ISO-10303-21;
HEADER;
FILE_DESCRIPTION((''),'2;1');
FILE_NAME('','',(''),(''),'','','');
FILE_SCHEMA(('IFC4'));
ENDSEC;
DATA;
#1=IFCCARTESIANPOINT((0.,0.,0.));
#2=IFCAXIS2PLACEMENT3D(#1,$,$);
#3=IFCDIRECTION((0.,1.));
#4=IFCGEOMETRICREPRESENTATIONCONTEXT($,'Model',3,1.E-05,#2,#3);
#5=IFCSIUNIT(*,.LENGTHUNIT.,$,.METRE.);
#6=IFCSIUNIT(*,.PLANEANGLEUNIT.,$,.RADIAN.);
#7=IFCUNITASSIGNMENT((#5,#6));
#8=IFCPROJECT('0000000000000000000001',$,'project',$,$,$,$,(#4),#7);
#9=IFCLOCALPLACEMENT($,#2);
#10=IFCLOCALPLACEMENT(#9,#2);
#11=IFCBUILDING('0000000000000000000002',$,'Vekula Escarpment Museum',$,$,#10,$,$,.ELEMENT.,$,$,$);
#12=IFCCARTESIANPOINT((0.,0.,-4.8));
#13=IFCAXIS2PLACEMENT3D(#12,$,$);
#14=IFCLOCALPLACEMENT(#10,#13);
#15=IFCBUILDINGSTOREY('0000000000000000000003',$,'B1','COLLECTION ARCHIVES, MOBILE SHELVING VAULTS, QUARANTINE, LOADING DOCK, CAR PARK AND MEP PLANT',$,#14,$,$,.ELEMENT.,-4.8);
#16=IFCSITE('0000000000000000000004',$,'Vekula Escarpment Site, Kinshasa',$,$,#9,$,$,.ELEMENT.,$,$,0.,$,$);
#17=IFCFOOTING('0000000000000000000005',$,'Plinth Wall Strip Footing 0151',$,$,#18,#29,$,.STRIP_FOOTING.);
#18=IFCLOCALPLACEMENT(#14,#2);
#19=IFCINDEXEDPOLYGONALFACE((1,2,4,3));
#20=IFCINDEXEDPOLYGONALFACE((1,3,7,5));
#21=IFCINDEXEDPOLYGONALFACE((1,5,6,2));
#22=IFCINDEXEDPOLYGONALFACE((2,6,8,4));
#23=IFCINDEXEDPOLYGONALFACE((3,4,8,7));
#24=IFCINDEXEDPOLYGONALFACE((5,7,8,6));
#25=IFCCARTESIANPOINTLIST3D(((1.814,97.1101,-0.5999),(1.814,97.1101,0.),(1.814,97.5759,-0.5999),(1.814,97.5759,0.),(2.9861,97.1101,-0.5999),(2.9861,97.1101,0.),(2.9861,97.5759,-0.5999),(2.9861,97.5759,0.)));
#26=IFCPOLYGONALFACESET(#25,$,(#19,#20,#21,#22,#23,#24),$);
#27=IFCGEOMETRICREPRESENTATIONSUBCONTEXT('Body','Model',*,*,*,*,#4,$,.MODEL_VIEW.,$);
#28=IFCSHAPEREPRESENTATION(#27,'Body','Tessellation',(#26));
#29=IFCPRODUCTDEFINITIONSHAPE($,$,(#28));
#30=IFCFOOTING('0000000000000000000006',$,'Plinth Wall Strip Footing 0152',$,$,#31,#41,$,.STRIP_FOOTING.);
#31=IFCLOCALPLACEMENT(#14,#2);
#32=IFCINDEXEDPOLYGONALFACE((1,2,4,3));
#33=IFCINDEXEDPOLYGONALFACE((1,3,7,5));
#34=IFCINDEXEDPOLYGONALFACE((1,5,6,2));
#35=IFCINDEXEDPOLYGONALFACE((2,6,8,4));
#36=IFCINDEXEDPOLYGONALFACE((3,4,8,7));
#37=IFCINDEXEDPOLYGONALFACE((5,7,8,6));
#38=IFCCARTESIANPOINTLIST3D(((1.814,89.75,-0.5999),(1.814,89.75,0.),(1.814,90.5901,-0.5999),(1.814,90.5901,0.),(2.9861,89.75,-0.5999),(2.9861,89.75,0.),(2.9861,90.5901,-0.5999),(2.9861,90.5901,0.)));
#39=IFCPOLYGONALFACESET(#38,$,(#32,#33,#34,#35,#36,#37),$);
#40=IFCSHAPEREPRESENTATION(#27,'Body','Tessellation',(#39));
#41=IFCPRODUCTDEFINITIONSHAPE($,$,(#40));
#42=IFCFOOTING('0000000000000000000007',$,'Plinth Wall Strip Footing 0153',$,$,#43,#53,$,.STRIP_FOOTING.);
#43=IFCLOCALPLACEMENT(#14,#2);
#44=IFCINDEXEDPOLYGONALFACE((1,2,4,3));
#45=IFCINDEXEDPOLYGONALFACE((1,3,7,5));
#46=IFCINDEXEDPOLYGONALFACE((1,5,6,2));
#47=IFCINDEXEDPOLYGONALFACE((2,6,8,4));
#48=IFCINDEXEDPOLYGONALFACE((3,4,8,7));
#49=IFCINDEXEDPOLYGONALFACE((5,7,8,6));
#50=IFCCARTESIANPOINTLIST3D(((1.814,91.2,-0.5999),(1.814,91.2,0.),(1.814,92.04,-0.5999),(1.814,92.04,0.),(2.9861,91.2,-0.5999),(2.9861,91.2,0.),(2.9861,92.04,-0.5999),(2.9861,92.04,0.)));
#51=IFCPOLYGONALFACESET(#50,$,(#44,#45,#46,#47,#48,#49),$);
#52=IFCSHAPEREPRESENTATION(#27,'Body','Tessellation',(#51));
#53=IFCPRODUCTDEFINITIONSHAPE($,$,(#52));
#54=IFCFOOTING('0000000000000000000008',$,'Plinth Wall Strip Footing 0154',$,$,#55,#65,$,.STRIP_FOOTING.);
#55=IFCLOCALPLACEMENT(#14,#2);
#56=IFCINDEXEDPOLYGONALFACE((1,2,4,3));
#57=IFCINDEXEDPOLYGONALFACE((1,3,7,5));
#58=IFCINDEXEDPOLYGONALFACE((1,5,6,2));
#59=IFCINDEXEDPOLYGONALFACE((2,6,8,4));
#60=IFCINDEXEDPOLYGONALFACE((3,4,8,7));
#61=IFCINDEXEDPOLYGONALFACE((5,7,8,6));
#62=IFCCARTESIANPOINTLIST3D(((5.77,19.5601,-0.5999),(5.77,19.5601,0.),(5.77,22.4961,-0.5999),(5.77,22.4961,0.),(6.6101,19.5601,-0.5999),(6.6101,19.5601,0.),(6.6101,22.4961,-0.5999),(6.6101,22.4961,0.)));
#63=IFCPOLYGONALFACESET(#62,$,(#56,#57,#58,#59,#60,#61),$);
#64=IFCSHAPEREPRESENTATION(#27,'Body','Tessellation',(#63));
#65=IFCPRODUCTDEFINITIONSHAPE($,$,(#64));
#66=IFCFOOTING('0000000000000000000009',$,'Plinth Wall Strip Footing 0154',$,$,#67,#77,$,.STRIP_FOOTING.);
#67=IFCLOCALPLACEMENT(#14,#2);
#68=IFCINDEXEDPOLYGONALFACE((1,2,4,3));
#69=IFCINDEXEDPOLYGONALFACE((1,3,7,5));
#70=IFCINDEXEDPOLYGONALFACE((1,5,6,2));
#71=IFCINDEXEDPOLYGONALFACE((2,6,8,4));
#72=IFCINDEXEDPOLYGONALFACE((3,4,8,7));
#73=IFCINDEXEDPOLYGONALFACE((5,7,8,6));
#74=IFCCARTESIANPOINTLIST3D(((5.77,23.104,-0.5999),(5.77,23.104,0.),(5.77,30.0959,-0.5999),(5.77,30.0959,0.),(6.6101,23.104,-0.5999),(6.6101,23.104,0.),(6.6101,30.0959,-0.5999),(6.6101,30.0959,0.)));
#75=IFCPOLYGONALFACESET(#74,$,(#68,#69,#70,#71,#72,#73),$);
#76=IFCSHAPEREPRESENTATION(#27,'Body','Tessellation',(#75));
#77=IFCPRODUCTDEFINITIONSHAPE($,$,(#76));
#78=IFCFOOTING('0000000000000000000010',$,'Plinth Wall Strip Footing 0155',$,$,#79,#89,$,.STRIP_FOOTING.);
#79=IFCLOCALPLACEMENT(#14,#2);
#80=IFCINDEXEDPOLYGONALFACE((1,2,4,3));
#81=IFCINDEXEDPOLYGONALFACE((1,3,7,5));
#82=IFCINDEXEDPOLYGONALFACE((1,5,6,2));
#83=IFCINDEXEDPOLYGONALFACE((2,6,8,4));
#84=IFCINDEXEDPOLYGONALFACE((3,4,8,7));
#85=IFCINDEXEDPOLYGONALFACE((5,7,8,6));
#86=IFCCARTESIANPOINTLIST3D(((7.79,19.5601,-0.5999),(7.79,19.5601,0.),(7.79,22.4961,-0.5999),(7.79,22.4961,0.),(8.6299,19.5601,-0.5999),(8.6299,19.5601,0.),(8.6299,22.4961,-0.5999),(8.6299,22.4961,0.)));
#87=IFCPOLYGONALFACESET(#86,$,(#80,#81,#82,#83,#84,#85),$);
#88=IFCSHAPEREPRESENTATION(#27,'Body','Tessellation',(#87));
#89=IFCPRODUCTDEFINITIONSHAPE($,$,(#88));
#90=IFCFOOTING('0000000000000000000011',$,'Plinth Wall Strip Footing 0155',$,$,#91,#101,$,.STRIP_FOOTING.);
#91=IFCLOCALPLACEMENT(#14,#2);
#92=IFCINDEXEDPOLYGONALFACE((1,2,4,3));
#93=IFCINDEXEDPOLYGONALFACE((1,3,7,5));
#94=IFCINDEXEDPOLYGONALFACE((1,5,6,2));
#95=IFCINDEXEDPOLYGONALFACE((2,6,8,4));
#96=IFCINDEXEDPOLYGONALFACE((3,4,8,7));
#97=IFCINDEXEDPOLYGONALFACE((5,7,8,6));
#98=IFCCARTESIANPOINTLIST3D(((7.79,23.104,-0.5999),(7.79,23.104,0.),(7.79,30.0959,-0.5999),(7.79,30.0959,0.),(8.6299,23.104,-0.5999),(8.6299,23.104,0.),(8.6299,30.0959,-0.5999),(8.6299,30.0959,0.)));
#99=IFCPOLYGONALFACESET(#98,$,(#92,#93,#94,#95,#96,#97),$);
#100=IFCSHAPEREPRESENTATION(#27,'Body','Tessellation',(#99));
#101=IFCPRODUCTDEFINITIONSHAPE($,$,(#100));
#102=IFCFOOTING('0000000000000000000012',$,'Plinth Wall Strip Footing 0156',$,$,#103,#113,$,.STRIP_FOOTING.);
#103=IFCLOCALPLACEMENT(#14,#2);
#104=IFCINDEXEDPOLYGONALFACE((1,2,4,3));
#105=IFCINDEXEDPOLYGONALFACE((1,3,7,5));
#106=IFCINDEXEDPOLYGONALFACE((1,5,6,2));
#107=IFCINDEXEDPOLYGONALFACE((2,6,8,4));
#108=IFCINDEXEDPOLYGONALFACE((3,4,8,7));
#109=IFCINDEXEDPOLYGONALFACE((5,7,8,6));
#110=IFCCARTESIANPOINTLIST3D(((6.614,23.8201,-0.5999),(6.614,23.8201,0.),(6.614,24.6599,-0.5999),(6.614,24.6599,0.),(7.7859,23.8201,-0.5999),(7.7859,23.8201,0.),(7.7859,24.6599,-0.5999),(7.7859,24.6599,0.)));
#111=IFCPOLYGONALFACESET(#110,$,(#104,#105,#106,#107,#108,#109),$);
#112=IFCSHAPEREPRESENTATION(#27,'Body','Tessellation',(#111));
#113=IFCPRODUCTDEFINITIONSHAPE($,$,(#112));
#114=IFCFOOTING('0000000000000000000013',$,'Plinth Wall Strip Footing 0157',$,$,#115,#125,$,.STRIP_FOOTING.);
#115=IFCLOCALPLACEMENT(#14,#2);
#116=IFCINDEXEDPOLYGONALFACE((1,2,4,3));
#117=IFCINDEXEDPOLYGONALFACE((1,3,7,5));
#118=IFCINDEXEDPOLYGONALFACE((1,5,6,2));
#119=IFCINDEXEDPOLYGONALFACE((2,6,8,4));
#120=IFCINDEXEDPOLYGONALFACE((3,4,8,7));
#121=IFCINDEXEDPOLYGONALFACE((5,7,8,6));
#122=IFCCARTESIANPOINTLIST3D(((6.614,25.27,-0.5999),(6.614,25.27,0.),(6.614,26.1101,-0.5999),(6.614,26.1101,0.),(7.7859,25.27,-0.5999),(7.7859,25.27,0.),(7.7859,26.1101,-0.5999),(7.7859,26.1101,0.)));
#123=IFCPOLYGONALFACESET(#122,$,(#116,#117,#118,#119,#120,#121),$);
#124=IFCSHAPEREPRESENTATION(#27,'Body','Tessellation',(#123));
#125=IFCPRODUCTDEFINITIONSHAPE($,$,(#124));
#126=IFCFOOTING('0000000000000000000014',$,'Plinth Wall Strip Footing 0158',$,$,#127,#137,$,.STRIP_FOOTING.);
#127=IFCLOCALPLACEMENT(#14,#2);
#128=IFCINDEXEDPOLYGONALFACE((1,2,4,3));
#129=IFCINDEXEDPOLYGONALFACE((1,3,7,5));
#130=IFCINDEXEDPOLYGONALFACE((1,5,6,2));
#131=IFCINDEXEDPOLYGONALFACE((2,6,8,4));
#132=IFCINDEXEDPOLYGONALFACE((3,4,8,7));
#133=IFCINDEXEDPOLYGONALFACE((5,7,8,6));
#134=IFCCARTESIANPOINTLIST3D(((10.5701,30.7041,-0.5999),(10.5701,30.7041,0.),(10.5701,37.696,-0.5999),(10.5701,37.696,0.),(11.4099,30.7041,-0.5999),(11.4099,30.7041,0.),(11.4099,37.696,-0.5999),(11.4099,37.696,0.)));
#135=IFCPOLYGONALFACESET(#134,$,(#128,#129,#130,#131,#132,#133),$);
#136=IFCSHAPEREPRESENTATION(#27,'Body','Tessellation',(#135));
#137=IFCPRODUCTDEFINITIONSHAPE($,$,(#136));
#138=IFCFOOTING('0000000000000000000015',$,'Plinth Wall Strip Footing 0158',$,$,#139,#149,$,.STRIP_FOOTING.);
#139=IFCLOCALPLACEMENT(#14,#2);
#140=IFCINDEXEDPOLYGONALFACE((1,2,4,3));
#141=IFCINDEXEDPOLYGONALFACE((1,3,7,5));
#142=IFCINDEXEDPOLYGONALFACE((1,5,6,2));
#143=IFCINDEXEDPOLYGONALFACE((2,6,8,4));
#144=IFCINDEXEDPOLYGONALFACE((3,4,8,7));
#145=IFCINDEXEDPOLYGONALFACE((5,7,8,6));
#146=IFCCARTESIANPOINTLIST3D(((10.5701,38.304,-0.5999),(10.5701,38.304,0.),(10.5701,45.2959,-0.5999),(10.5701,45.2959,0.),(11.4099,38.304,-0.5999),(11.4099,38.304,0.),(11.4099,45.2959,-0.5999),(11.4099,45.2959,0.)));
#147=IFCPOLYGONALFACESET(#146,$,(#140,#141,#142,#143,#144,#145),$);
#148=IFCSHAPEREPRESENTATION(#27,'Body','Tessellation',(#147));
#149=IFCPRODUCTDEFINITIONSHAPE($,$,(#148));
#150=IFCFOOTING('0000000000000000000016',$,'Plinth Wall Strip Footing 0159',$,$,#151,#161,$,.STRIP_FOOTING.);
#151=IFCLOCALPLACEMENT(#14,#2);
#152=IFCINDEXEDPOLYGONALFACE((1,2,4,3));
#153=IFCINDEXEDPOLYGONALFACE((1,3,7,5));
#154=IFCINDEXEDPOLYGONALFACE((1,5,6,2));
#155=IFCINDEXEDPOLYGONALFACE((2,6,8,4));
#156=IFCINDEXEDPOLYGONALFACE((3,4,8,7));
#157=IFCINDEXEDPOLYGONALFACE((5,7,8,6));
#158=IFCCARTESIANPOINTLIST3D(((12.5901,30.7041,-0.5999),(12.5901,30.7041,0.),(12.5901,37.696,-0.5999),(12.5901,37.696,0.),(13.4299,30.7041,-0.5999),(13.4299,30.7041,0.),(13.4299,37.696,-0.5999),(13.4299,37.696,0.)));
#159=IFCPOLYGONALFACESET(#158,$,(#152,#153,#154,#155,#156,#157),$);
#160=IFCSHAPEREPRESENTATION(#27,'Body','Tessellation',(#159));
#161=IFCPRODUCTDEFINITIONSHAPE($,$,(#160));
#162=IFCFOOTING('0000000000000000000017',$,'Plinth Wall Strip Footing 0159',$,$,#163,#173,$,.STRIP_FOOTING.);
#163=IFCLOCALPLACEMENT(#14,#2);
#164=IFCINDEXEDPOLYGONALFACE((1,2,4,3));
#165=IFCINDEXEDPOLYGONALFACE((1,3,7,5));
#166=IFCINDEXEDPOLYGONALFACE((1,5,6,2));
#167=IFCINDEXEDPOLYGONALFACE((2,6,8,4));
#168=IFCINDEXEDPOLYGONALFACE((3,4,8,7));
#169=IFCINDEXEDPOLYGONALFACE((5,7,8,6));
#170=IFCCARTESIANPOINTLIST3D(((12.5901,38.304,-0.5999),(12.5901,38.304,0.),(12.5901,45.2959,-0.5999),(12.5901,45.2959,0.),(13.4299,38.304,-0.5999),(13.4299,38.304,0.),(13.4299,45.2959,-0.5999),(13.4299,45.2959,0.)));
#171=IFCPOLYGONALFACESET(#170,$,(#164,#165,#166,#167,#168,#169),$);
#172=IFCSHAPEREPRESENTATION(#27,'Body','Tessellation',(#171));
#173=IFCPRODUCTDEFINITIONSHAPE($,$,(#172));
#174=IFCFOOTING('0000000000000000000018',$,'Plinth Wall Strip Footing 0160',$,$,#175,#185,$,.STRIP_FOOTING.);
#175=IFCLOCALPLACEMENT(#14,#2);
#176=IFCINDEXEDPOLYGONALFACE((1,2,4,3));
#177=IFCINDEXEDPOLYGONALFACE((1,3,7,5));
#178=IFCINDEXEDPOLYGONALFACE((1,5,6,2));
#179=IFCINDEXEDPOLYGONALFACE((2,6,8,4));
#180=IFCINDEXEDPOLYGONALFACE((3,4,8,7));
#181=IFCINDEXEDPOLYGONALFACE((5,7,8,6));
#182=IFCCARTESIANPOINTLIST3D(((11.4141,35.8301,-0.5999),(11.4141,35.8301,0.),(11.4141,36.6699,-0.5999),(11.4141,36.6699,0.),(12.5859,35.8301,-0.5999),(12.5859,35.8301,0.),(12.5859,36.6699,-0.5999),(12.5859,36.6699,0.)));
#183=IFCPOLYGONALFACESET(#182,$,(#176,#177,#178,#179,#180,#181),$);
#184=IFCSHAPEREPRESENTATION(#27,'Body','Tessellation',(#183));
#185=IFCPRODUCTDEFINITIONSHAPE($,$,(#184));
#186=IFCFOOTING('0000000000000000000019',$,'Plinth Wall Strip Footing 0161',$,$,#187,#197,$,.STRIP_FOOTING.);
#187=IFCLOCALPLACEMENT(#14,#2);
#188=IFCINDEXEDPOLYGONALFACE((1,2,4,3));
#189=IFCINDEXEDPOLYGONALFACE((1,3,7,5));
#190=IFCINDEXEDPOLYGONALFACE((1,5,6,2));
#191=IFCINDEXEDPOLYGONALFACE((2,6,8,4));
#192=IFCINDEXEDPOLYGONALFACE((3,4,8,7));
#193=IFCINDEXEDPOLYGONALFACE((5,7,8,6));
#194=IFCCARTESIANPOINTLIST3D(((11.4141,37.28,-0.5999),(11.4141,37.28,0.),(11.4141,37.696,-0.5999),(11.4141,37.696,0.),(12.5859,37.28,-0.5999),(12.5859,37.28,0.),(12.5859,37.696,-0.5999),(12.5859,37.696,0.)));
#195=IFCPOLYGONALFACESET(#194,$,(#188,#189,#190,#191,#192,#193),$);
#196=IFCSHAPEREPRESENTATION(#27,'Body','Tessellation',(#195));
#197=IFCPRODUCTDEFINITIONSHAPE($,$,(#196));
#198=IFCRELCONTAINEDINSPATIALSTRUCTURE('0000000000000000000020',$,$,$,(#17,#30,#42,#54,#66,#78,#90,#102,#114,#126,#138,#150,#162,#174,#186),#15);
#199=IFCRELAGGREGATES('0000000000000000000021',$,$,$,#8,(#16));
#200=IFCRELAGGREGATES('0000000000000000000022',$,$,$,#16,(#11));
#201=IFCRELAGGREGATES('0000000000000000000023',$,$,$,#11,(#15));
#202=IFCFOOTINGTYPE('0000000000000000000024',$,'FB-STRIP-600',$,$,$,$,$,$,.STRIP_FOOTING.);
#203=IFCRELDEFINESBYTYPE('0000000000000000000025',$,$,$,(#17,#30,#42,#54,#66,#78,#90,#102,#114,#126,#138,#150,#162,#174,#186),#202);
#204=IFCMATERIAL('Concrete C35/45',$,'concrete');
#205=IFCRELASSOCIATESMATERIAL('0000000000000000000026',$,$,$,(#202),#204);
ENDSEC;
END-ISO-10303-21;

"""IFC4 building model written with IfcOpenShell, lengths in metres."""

from ifc_helpers import new_model, si_unit, direction, frame, origin, place, context, subcontext, project, spatial, polyline, outline, extrude, material, type_object, element, save


model = new_model("IFC4")

# Units and contexts
model_context = context("Model", 3, precision=1e-05, world=origin(), true_north=direction((0.0, 1.0)))
body_context = subcontext(model_context, "Body", "Model", "MODEL_VIEW")
ifc_project = project(units=[si_unit("LENGTHUNIT", "METRE"), si_unit("PLANEANGLEUNIT", "RADIAN")], contexts=[model_context])

# Site, building, storey
site_placement = place(None, origin())
site = spatial("IfcSite", under=ifc_project, at=site_placement, Name="Vekula Escarpment Site, Kinshasa", CompositionType="ELEMENT", RefElevation=0.0)
building_placement = place(site_placement, origin())
building = spatial("IfcBuilding", under=site, at=building_placement, Name="Vekula Escarpment Museum", CompositionType="ELEMENT")
storey_placement = place(building_placement, frame((0.0, 0.0, -4.8)))
storey = spatial("IfcBuildingStorey", under=building, at=storey_placement, Name="B1", Description="COLLECTION ARCHIVES, MOBILE SHELVING VAULTS, QUARANTINE, LOADING DOCK, CAR PARK AND MEP PLANT", CompositionType="ELEMENT", Elevation=-4.8)

# Footings
ifc_material = material(Name="Concrete C35/45", Category="concrete")
footing_type = type_object("IfcFootingType", Name="FB-STRIP-600", PredefinedType="STRIP_FOOTING", material=ifc_material)
footing_1_placement = place(storey_placement, frame((0.0, 0.0, -0.5999)))
element("IfcFooting", 1, at=footing_1_placement, inside=storey, type_object=footing_type, Name="Plinth Wall Strip Footing 0151", PredefinedType="STRIP_FOOTING", context=body_context, shape_type="SweptSolid", body=[
    extrude(outline(polyline([(1.814, 97.1101), (1.814, 97.5759), (2.9861, 97.5759), (2.9861, 97.1101), (1.814, 97.1101)])), origin(), (0.0, 0.0, 1.0), 0.5999),
])
footing_2_placement = place(storey_placement, frame((0.0, 0.0, -0.5999)))
element("IfcFooting", 2, at=footing_2_placement, inside=storey, type_object=footing_type, Name="Plinth Wall Strip Footing 0152", PredefinedType="STRIP_FOOTING", context=body_context, shape_type="SweptSolid", body=[
    extrude(outline(polyline([(1.814, 89.75), (1.814, 90.5901), (2.9861, 90.5901), (2.9861, 89.75), (1.814, 89.75)])), origin(), (0.0, 0.0, 1.0), 0.5999),
])
footing_3_placement = place(storey_placement, frame((0.0, 0.0, -0.5999)))
element("IfcFooting", 3, at=footing_3_placement, inside=storey, type_object=footing_type, Name="Plinth Wall Strip Footing 0153", PredefinedType="STRIP_FOOTING", context=body_context, shape_type="SweptSolid", body=[
    extrude(outline(polyline([(1.814, 91.2), (1.814, 92.04), (2.9861, 92.04), (2.9861, 91.2), (1.814, 91.2)])), origin(), (0.0, 0.0, 1.0), 0.5999),
])
footing_4_placement = place(storey_placement, frame((0.0, 0.0, -0.5999)))
element("IfcFooting", 4, at=footing_4_placement, inside=storey, type_object=footing_type, Name="Plinth Wall Strip Footing 0154", PredefinedType="STRIP_FOOTING", context=body_context, shape_type="SweptSolid", body=[
    extrude(outline(polyline([(6.6101, 19.5601), (5.77, 19.5601), (5.77, 22.4961), (6.6101, 22.4961), (6.6101, 19.5601)])), origin(), (0.0, 0.0, 1.0), 0.5999),
])
footing_5_placement = place(storey_placement, frame((0.0, 0.0, -0.5999)))
element("IfcFooting", 5, at=footing_5_placement, inside=storey, type_object=footing_type, Name="Plinth Wall Strip Footing 0154", PredefinedType="STRIP_FOOTING", context=body_context, shape_type="SweptSolid", body=[
    extrude(outline(polyline([(6.6101, 23.104), (5.77, 23.104), (5.77, 30.0959), (6.6101, 30.0959), (6.6101, 23.104)])), origin(), (0.0, 0.0, 1.0), 0.5999),
])
footing_6_placement = place(storey_placement, frame((0.0, 0.0, -0.5999)))
element("IfcFooting", 6, at=footing_6_placement, inside=storey, type_object=footing_type, Name="Plinth Wall Strip Footing 0155", PredefinedType="STRIP_FOOTING", context=body_context, shape_type="SweptSolid", body=[
    extrude(outline(polyline([(8.6299, 19.5601), (7.79, 19.5601), (7.79, 22.4961), (8.6299, 22.4961), (8.6299, 19.5601)])), origin(), (0.0, 0.0, 1.0), 0.5999),
])
footing_7_placement = place(storey_placement, frame((0.0, 0.0, -0.5999)))
element("IfcFooting", 7, at=footing_7_placement, inside=storey, type_object=footing_type, Name="Plinth Wall Strip Footing 0155", PredefinedType="STRIP_FOOTING", context=body_context, shape_type="SweptSolid", body=[
    extrude(outline(polyline([(8.6299, 23.104), (7.79, 23.104), (7.79, 30.0959), (8.6299, 30.0959), (8.6299, 23.104)])), origin(), (0.0, 0.0, 1.0), 0.5999),
])
footing_8_placement = place(storey_placement, frame((0.0, 0.0, -0.5999)))
element("IfcFooting", 8, at=footing_8_placement, inside=storey, type_object=footing_type, Name="Plinth Wall Strip Footing 0156", PredefinedType="STRIP_FOOTING", context=body_context, shape_type="SweptSolid", body=[
    extrude(outline(polyline([(6.614, 23.8201), (6.614, 24.6599), (7.7859, 24.6599), (7.7859, 23.8201), (6.614, 23.8201)])), origin(), (0.0, 0.0, 1.0), 0.5999),
])
footing_9_placement = place(storey_placement, frame((0.0, 0.0, -0.5999)))
element("IfcFooting", 9, at=footing_9_placement, inside=storey, type_object=footing_type, Name="Plinth Wall Strip Footing 0157", PredefinedType="STRIP_FOOTING", context=body_context, shape_type="SweptSolid", body=[
    extrude(outline(polyline([(6.614, 25.27), (6.614, 26.1101), (7.7859, 26.1101), (7.7859, 25.27), (6.614, 25.27)])), origin(), (0.0, 0.0, 1.0), 0.5999),
])
footing_10_placement = place(storey_placement, frame((0.0, 0.0, -0.5999)))
element("IfcFooting", 10, at=footing_10_placement, inside=storey, type_object=footing_type, Name="Plinth Wall Strip Footing 0158", PredefinedType="STRIP_FOOTING", context=body_context, shape_type="SweptSolid", body=[
    extrude(outline(polyline([(11.4099, 30.7041), (10.5701, 30.7041), (10.5701, 37.696), (11.4099, 37.696), (11.4099, 30.7041)])), origin(), (0.0, 0.0, 1.0), 0.5999),
])
footing_11_placement = place(storey_placement, frame((0.0, 0.0, -0.5999)))
element("IfcFooting", 11, at=footing_11_placement, inside=storey, type_object=footing_type, Name="Plinth Wall Strip Footing 0158", PredefinedType="STRIP_FOOTING", context=body_context, shape_type="SweptSolid", body=[
    extrude(outline(polyline([(11.4099, 38.304), (10.5701, 38.304), (10.5701, 45.2959), (11.4099, 45.2959), (11.4099, 38.304)])), origin(), (0.0, 0.0, 1.0), 0.5999),
])
footing_12_placement = place(storey_placement, frame((0.0, 0.0, -0.5999)))
element("IfcFooting", 12, at=footing_12_placement, inside=storey, type_object=footing_type, Name="Plinth Wall Strip Footing 0159", PredefinedType="STRIP_FOOTING", context=body_context, shape_type="SweptSolid", body=[
    extrude(outline(polyline([(13.4299, 30.7041), (12.5901, 30.7041), (12.5901, 37.696), (13.4299, 37.696), (13.4299, 30.7041)])), origin(), (0.0, 0.0, 1.0), 0.5999),
])
footing_13_placement = place(storey_placement, frame((0.0, 0.0, -0.5999)))
element("IfcFooting", 13, at=footing_13_placement, inside=storey, type_object=footing_type, Name="Plinth Wall Strip Footing 0159", PredefinedType="STRIP_FOOTING", context=body_context, shape_type="SweptSolid", body=[
    extrude(outline(polyline([(13.4299, 38.304), (12.5901, 38.304), (12.5901, 45.2959), (13.4299, 45.2959), (13.4299, 38.304)])), origin(), (0.0, 0.0, 1.0), 0.5999),
])
footing_14_placement = place(storey_placement, frame((0.0, 0.0, -0.5999)))
element("IfcFooting", 14, at=footing_14_placement, inside=storey, type_object=footing_type, Name="Plinth Wall Strip Footing 0160", PredefinedType="STRIP_FOOTING", context=body_context, shape_type="SweptSolid", body=[
    extrude(outline(polyline([(11.4141, 35.8301), (11.4141, 36.6699), (12.5859, 36.6699), (12.5859, 35.8301), (11.4141, 35.8301)])), origin(), (0.0, 0.0, 1.0), 0.5999),
])
footing_15_placement = place(storey_placement, frame((0.0, 0.0, -0.5999)))
element("IfcFooting", 15, at=footing_15_placement, inside=storey, type_object=footing_type, Name="Plinth Wall Strip Footing 0161", PredefinedType="STRIP_FOOTING", context=body_context, shape_type="SweptSolid", body=[
    extrude(outline(polyline([(11.4141, 37.28), (11.4141, 37.696), (12.5859, 37.696), (12.5859, 37.28), (11.4141, 37.28)])), origin(), (0.0, 0.0, 1.0), 0.5999),
])

save(model, "model.ifc")
